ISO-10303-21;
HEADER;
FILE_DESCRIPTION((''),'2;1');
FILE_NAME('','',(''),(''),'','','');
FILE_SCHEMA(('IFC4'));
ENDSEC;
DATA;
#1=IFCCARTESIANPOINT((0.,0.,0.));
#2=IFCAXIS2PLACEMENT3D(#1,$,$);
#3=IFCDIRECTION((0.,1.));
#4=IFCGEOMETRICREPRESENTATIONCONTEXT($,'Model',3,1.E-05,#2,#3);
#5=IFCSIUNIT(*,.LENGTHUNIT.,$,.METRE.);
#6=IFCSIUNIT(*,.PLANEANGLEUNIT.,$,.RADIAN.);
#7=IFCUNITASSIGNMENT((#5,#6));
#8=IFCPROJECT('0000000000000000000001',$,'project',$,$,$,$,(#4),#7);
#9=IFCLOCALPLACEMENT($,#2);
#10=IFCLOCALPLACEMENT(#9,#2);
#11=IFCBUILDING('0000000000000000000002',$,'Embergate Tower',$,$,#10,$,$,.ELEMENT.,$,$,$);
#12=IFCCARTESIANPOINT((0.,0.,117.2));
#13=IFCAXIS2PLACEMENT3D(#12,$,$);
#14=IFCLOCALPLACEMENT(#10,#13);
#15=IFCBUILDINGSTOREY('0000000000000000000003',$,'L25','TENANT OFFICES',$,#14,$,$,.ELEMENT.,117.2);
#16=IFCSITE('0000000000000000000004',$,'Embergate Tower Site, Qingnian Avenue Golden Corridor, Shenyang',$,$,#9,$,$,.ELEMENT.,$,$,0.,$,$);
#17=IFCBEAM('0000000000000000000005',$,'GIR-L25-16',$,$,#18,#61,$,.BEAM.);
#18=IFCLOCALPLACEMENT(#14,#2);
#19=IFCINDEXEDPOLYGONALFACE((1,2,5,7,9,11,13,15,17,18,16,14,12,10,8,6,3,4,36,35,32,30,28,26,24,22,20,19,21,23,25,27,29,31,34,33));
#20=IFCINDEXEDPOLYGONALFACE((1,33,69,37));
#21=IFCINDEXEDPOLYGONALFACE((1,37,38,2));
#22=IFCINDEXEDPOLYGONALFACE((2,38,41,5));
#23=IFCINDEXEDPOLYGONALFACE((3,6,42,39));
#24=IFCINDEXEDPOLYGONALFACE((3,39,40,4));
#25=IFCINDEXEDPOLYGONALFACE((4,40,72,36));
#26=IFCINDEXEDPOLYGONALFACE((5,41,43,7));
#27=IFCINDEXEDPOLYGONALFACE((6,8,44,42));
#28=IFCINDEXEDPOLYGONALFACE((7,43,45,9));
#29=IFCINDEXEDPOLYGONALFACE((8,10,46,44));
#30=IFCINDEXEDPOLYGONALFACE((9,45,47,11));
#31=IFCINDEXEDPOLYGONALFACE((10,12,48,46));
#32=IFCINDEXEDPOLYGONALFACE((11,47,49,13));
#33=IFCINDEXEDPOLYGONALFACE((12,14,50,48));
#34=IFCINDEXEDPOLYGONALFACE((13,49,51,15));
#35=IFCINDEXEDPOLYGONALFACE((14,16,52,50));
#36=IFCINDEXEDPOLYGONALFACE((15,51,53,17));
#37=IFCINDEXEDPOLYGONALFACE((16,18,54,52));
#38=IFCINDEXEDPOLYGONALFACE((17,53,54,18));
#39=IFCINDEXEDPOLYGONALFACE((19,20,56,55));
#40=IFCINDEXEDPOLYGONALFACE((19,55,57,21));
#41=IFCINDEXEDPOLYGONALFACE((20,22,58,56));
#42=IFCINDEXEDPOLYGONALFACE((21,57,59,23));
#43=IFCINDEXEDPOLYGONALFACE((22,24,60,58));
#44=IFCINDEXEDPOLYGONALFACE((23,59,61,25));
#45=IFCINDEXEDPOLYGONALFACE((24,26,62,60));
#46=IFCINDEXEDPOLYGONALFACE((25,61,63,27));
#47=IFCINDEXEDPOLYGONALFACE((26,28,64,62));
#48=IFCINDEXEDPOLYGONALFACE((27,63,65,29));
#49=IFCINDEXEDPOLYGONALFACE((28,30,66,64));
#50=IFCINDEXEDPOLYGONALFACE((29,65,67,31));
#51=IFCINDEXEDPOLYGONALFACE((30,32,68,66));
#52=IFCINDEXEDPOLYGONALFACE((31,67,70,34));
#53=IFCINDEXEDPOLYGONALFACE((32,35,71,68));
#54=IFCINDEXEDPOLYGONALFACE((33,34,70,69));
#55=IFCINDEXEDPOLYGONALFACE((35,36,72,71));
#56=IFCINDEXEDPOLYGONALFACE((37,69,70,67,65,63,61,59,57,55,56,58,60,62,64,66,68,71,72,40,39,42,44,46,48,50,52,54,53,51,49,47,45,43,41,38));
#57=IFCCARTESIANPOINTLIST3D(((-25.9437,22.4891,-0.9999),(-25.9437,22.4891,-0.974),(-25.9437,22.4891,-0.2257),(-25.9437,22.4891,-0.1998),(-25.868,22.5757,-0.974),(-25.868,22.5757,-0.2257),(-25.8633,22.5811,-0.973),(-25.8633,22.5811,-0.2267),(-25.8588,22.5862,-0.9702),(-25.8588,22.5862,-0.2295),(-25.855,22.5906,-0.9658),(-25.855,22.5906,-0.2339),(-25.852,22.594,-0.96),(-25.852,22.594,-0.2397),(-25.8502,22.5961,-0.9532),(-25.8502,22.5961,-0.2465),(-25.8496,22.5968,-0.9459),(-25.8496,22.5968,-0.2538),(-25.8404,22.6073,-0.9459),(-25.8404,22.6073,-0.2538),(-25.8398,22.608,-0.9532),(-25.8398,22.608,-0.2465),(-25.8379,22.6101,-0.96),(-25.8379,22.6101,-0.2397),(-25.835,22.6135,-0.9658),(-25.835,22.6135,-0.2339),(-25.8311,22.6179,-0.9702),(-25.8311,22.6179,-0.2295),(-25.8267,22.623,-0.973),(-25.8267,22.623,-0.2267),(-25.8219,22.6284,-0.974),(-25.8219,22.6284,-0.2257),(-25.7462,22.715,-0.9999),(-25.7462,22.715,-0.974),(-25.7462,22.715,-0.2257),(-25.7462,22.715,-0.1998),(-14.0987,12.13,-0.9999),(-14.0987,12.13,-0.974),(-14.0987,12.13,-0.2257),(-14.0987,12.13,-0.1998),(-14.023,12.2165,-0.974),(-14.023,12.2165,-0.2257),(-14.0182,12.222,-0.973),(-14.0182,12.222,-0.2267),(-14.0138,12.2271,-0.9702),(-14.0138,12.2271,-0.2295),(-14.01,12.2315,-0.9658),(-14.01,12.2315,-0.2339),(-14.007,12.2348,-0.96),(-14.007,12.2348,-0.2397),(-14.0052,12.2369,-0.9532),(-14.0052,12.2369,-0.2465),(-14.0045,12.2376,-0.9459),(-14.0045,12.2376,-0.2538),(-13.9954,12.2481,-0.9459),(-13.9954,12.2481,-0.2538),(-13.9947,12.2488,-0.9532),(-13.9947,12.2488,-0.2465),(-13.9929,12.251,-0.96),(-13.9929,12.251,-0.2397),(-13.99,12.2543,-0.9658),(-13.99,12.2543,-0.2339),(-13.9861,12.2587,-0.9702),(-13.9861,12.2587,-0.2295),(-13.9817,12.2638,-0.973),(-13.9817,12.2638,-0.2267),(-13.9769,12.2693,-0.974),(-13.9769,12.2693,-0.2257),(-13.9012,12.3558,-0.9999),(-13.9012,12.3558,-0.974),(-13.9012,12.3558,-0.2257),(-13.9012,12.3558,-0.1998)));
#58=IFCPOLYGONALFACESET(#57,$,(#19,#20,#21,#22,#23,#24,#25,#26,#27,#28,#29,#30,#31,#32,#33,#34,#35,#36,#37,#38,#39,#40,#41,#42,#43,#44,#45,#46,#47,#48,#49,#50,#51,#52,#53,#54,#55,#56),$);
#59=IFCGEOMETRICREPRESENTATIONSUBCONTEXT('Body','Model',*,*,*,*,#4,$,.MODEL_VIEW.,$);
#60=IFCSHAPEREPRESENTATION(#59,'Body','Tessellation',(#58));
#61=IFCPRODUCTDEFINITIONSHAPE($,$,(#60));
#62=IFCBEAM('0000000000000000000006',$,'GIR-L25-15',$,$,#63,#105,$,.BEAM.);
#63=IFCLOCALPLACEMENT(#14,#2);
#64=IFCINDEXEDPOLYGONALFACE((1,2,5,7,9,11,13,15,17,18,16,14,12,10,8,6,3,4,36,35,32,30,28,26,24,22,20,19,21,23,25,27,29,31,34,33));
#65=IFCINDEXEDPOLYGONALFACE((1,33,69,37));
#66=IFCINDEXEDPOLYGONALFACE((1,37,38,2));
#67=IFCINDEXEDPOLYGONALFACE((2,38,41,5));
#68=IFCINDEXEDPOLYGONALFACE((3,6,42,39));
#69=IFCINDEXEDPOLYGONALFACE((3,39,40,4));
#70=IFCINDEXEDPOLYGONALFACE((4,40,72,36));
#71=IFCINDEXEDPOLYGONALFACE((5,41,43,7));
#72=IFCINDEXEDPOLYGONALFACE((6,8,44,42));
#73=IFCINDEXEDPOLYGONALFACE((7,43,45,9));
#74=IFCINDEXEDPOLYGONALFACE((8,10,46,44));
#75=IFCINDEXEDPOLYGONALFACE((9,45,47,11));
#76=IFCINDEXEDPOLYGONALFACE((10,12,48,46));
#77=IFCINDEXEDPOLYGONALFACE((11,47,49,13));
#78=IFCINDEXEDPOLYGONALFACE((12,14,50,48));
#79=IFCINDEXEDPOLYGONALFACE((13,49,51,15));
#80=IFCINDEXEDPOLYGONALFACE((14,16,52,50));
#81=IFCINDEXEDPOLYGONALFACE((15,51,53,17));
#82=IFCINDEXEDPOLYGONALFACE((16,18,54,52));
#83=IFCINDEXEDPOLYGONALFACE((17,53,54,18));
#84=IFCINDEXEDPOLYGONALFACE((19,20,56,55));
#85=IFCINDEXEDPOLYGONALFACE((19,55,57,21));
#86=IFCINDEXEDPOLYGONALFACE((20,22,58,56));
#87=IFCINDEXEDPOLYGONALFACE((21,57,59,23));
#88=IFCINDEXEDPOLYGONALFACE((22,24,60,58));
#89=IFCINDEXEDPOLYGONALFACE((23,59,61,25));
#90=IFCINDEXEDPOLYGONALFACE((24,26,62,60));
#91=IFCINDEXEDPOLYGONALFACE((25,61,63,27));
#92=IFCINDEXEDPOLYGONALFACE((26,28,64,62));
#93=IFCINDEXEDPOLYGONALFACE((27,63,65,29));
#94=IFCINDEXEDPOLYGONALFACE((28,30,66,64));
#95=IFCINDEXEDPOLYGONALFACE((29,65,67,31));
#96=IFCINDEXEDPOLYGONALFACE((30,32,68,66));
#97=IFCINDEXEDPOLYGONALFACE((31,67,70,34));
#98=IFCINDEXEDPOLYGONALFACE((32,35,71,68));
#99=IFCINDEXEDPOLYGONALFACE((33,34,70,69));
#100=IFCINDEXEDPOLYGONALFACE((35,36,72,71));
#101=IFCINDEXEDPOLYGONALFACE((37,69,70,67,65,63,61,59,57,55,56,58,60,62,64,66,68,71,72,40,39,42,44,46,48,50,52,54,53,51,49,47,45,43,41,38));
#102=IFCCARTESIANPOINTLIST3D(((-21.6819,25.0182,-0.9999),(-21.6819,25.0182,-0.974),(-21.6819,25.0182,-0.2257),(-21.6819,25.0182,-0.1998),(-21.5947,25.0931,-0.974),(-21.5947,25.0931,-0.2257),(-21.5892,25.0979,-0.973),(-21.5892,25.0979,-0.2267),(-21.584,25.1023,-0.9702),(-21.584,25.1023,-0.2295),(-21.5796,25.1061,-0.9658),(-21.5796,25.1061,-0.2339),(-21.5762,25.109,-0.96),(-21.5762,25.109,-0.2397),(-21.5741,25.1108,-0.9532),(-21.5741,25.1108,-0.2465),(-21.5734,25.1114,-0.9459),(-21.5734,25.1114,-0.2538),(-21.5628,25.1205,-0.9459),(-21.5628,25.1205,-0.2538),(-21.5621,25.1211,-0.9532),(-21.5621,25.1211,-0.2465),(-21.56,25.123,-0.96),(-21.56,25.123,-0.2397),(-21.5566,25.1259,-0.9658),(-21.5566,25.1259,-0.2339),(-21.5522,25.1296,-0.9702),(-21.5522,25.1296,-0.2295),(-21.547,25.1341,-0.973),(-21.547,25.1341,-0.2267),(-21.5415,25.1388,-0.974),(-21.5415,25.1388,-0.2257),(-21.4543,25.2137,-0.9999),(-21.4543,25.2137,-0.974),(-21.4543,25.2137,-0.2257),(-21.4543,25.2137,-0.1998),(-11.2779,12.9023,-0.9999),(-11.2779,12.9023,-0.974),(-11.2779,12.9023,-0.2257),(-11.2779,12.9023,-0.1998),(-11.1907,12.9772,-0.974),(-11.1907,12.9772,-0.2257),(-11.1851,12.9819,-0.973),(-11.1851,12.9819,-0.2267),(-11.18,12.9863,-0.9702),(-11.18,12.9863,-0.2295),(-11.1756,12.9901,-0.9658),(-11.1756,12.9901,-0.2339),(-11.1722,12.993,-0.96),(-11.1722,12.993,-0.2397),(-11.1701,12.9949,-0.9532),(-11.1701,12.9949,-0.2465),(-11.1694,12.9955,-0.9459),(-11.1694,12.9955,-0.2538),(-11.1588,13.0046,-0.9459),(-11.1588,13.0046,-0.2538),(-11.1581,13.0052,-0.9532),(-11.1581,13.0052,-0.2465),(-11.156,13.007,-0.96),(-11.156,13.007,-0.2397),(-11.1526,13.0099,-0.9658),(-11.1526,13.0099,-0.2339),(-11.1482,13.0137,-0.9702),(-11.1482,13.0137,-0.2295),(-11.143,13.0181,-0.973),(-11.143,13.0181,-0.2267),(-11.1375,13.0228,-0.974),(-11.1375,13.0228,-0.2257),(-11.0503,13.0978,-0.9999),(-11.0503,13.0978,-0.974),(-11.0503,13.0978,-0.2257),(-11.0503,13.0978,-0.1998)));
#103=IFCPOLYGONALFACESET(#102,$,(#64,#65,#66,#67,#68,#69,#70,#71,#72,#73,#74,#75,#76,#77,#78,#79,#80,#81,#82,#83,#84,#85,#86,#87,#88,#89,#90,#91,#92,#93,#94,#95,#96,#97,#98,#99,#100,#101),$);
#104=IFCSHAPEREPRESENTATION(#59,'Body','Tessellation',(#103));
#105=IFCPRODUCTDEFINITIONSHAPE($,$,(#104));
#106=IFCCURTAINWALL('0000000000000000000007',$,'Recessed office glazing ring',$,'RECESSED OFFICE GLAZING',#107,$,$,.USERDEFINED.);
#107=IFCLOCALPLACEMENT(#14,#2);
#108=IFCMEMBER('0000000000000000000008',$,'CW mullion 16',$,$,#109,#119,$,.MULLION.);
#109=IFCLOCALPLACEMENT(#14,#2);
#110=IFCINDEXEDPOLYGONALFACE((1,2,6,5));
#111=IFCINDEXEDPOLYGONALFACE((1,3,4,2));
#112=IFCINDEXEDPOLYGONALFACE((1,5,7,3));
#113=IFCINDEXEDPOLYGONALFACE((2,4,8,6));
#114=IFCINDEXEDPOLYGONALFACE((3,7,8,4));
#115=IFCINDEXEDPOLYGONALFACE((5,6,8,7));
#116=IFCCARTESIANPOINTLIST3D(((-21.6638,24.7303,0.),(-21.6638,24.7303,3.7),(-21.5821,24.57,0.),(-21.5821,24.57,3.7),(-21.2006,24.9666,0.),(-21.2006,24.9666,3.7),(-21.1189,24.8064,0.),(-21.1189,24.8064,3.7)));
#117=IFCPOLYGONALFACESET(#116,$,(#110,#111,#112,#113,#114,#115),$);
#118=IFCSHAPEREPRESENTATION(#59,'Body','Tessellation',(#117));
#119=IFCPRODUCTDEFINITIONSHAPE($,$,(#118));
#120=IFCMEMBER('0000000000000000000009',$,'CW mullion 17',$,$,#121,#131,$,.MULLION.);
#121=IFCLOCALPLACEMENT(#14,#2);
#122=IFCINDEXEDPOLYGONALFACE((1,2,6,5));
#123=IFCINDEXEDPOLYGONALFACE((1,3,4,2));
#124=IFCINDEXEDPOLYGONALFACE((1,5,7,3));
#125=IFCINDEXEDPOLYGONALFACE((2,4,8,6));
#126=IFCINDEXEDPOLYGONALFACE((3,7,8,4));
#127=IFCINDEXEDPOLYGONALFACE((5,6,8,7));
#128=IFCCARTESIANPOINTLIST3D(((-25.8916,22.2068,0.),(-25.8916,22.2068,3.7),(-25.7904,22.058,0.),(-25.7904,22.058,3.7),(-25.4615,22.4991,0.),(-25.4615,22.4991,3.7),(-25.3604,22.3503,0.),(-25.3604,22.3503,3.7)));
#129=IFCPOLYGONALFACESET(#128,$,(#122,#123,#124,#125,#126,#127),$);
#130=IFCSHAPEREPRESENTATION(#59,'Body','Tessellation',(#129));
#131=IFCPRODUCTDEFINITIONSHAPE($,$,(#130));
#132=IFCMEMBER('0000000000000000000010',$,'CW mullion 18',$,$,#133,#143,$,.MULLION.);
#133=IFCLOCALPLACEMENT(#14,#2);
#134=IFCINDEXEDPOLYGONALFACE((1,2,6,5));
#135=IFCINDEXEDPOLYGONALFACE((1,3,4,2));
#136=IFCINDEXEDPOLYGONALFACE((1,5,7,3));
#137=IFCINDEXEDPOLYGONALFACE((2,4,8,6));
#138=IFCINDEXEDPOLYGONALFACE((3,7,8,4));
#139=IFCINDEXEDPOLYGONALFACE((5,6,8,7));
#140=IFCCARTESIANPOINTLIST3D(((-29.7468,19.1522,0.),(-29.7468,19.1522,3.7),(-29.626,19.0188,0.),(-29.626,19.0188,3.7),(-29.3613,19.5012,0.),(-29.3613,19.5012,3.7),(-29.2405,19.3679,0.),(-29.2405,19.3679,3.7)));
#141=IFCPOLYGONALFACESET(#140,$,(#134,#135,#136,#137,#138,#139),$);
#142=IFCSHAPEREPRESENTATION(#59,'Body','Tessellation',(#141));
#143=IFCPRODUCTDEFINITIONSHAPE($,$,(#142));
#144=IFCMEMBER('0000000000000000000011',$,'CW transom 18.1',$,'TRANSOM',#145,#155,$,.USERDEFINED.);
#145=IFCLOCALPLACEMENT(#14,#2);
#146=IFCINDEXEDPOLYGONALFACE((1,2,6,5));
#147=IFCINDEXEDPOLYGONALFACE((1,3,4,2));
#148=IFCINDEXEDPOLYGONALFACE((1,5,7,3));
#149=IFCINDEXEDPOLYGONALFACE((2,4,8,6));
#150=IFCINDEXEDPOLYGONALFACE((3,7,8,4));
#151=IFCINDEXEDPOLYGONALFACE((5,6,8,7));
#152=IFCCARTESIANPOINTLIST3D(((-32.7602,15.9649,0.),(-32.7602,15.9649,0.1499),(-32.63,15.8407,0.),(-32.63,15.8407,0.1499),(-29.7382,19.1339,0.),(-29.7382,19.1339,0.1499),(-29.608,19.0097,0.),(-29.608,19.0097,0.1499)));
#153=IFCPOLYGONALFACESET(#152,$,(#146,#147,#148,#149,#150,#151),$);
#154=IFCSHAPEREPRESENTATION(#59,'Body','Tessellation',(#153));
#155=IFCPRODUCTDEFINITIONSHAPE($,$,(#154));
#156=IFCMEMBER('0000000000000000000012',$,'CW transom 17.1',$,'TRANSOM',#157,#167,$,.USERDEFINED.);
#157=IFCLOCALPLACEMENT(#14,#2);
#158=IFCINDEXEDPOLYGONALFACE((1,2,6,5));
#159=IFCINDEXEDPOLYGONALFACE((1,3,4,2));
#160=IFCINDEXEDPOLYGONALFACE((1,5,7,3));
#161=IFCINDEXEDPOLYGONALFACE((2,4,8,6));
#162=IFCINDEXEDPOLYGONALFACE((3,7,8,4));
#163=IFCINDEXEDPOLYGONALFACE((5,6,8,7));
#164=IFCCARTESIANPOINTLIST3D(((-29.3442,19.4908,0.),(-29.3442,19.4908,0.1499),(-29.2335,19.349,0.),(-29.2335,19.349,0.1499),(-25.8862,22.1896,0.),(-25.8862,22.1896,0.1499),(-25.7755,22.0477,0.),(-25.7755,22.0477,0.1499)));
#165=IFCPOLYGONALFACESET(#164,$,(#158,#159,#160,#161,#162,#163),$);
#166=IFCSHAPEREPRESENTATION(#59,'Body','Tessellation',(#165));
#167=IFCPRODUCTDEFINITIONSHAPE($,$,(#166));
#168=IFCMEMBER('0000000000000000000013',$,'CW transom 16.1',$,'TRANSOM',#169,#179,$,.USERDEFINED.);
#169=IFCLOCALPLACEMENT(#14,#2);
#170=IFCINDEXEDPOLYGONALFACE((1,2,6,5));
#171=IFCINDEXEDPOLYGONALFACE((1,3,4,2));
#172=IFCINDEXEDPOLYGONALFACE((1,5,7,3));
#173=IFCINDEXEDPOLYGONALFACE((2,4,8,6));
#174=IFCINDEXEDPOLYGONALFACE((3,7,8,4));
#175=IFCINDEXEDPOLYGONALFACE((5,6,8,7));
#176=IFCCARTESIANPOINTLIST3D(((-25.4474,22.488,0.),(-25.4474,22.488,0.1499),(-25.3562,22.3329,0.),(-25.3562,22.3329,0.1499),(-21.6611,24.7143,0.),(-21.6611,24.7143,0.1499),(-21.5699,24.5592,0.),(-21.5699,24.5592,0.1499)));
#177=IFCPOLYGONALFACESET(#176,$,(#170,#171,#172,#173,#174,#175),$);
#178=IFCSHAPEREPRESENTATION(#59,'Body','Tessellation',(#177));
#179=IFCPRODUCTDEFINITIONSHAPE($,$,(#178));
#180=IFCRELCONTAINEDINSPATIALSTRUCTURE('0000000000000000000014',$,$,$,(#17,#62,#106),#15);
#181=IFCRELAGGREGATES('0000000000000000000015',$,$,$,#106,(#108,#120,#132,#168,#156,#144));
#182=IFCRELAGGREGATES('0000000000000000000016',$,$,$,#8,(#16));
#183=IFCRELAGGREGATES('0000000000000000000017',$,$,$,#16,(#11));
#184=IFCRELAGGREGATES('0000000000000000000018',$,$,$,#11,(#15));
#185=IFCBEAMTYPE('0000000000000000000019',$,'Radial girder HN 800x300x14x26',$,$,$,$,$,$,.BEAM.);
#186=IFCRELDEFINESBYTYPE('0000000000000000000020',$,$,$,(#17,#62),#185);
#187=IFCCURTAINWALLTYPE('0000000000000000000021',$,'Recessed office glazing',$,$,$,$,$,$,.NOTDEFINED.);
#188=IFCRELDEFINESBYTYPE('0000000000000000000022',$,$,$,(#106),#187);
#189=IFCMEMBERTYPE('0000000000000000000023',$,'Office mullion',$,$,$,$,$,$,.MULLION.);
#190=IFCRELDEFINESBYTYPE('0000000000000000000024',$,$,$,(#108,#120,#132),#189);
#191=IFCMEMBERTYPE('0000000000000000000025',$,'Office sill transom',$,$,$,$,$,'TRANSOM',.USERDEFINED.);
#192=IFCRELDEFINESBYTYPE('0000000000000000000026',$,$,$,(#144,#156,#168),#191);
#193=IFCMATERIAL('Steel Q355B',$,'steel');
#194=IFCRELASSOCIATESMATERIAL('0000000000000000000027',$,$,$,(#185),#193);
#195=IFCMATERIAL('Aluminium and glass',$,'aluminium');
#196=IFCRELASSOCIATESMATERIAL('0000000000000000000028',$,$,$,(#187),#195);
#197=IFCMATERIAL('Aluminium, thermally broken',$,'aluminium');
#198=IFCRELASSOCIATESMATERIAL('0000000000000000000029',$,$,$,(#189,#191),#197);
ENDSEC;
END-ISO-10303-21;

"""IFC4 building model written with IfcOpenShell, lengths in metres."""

from ifc_helpers import new_model, si_unit, direction, frame, origin, origin_2d, place, context, subcontext, project, spatial, rectangle, i_section, extrude, source, transform, mapped, material, material_profile, profile_set, type_object, element, aggregate, save


model = new_model("IFC4")

# Units and contexts
model_context = context("Model", 3, precision=1e-05, world=origin(), true_north=direction((0.0, 1.0)))
body_context = subcontext(model_context, "Body", "Model", "MODEL_VIEW")
ifc_project = project(units=[si_unit("LENGTHUNIT", "METRE"), si_unit("PLANEANGLEUNIT", "RADIAN")], contexts=[model_context])

# Site, building, storey
site_placement = place(None, origin())
site = spatial("IfcSite", under=ifc_project, at=site_placement, Name="Embergate Tower Site, Qingnian Avenue Golden Corridor, Shenyang", CompositionType="ELEMENT", RefElevation=0.0)
building_placement = place(site_placement, origin())
building = spatial("IfcBuilding", under=site, at=building_placement, Name="Embergate Tower", CompositionType="ELEMENT")
storey_placement = place(building_placement, frame((0.0, 0.0, 117.2)))
storey = spatial("IfcBuildingStorey", under=building, at=storey_placement, Name="L25", Description="TENANT OFFICES", CompositionType="ELEMENT", Elevation=117.2)

# Beams
ifc_material_1 = material(Name="Steel Q355B", Category="steel")
ifc_material_profile_1 = material_profile(ifc_material_1, i_section(OverallWidth=0.3, OverallDepth=0.8, WebThickness=0.0139, FlangeThickness=0.0259, FilletRadius=0.0281, at=origin_2d()), Name="HN 800x300x14x26")
ifc_profile_set_1 = profile_set([ifc_material_profile_1], Name="Steel Q355 grade B")
beam_type_1 = type_object("IfcBeamType", Name="Radial girder HN 800x300x14x26", PredefinedType="BEAM", material=ifc_profile_set_1)
shared_shape_1 = source(origin(), body_context, "Body", "SweptSolid", [
    extrude(i_section(OverallWidth=0.3, OverallDepth=0.8, WebThickness=0.0139, FlangeThickness=0.0259, FilletRadius=0.0281, at=origin_2d()), origin(), (0.0, 0.0, 1.0), 15.7358),
])
beam_1_placement = place(storey_placement, frame((-25.845, 22.6021, -0.5999), z_axis=(0.752741, -0.658317, 0.0), x_axis=(0.658317, 0.752741, 0.0)))
element("IfcBeam", 1, at=beam_1_placement, inside=storey, type_object=beam_type_1, Name="GIR-L25-16", PredefinedType="BEAM", context=body_context, shape_type="MappedRepresentation", body=[
    mapped(shared_shape_1, transform((0.0, 0.0, 0.0))),
])
shared_shape_2 = source(origin(), body_context, "Body", "SweptSolid", [
    extrude(i_section(OverallWidth=0.3, OverallDepth=0.8, WebThickness=0.0139, FlangeThickness=0.0259, FilletRadius=0.0281, at=origin_2d()), origin(), (0.0, 0.0, 1.0), 15.97),
])
beam_2_placement = place(storey_placement, frame((-21.5681, 25.116, -0.5999), z_axis=(0.651475, -0.75867, 0.0), x_axis=(0.75867, 0.651475, 0.0)))
element("IfcBeam", 2, at=beam_2_placement, inside=storey, type_object=beam_type_1, Name="GIR-L25-15", PredefinedType="BEAM", context=body_context, shape_type="MappedRepresentation", body=[
    mapped(shared_shape_2, transform((0.0, 0.0, 0.0))),
])

# Curtain wall, members
ifc_material_2 = material(Name="Aluminium and glass", Category="aluminium")
curtain_wall_type = type_object("IfcCurtainWallType", Name="Recessed office glazing", PredefinedType="NOTDEFINED", material=ifc_material_2)
curtain_wall_placement = place(storey_placement, origin())
curtain_wall = element("IfcCurtainWall", 3, at=curtain_wall_placement, inside=storey, type_object=curtain_wall_type, Name="Recessed office glazing ring", ObjectType="RECESSED OFFICE GLAZING", PredefinedType="USERDEFINED")
ifc_material_3 = material(Name="Aluminium, thermally broken", Category="aluminium")
ifc_material_profile_2 = material_profile(ifc_material_3, rectangle(XDim=0.1799, YDim=0.52, at=origin_2d()), Name="AL 520x180")
ifc_profile_set_2 = profile_set([ifc_material_profile_2], Name="Aluminium, thermally broken")
member_type_1 = type_object("IfcMemberType", Name="Office mullion", PredefinedType="MULLION", material=ifc_profile_set_2)
shared_shape_3 = source(origin(), body_context, "Body", "SweptSolid", [
    extrude(rectangle(XDim=0.1799, YDim=0.52, at=origin_2d()), origin(), (0.0, 0.0, 1.0), 3.7),
])
member_1_placement = place(storey_placement, frame((-21.3914, 24.7683, 0.0), z_axis=(0.0, 0.0, 1.0), x_axis=(0.454516, -0.890739, 0.0)))
member_1 = element("IfcMember", 4, at=member_1_placement, type_object=member_type_1, Name="CW mullion 16", PredefinedType="MULLION", context=body_context, shape_type="MappedRepresentation", body=[
    mapped(shared_shape_3, transform((0.0, 0.0, 0.0))),
])
member_2_placement = place(storey_placement, frame((-25.626, 22.2786, 0.0), z_axis=(0.0, 0.0, 1.0), x_axis=(0.562223, -0.826985, 0.0)))
member_2 = element("IfcMember", 5, at=member_2_placement, type_object=member_type_1, Name="CW mullion 17", PredefinedType="MULLION", context=body_context, shape_type="MappedRepresentation", body=[
    mapped(shared_shape_3, transform((0.0, 0.0, 0.0))),
])
member_3_placement = place(storey_placement, frame((-29.4937, 19.26, 0.0), z_axis=(0.0, 0.0, 1.0), x_axis=(0.671233, -0.741246, 0.0)))
member_3 = element("IfcMember", 6, at=member_3_placement, type_object=member_type_1, Name="CW mullion 18", PredefinedType="MULLION", context=body_context, shape_type="MappedRepresentation", body=[
    mapped(shared_shape_3, transform((0.0, 0.0, 0.0))),
])
ifc_material_profile_3 = material_profile(ifc_material_3, rectangle(XDim=0.1799, YDim=0.1499, at=origin_2d()), Name="AL 150x180")
ifc_profile_set_3 = profile_set([ifc_material_profile_3], Name="Aluminium, thermally broken")
member_type_2 = type_object("IfcMemberType", Name="Office sill transom", ElementType="TRANSOM", PredefinedType="USERDEFINED", material=ifc_profile_set_3)
shared_shape_4 = source(origin(), body_context, "Body", "SweptSolid", [
    extrude(rectangle(XDim=0.1799, YDim=0.1499, at=origin_2d()), origin(), (0.0, 0.0, 1.0), 4.3789),
])
member_4_placement = place(storey_placement, frame((-29.6731, 19.0718, 0.075), z_axis=(-0.690126, -0.72369, 0.0), x_axis=(0.72369, -0.690126, 0.0)))
member_4 = element("IfcMember", 7, at=member_4_placement, type_object=member_type_2, Name="CW transom 18.1", ObjectType="TRANSOM", PredefinedType="USERDEFINED", context=body_context, shape_type="MappedRepresentation", body=[
    mapped(shared_shape_4, transform((0.0, 0.0, 0.0))),
])
shared_shape_5 = source(origin(), body_context, "Body", "SweptSolid", [
    extrude(rectangle(XDim=0.1799, YDim=0.1499, at=origin_2d()), origin(), (0.0, 0.0, 1.0), 4.3865),
])
member_5_placement = place(storey_placement, frame((-25.8308, 22.1187, 0.075), z_axis=(-0.788338, -0.615242, 0.0), x_axis=(0.615242, -0.788338, 0.0)))
member_5 = element("IfcMember", 8, at=member_5_placement, type_object=member_type_2, Name="CW transom 17.1", ObjectType="TRANSOM", PredefinedType="USERDEFINED", context=body_context, shape_type="MappedRepresentation", body=[
    mapped(shared_shape_5, transform((0.0, 0.0, 0.0))),
])
shared_shape_6 = source(origin(), body_context, "Body", "SweptSolid", [
    extrude(rectangle(XDim=0.1799, YDim=0.1499, at=origin_2d()), origin(), (0.0, 0.0, 1.0), 4.3923),
])
member_6_placement = place(storey_placement, frame((-21.6155, 24.6367, 0.075), z_axis=(-0.86203, -0.506857, 0.0), x_axis=(0.506857, -0.86203, 0.0)))
member_6 = element("IfcMember", 9, at=member_6_placement, type_object=member_type_2, Name="CW transom 16.1", ObjectType="TRANSOM", PredefinedType="USERDEFINED", context=body_context, shape_type="MappedRepresentation", body=[
    mapped(shared_shape_6, transform((0.0, 0.0, 0.0))),
])
aggregate(curtain_wall, [member_1, member_2, member_3, member_6, member_5, member_4])

save(model, "model.ifc")
